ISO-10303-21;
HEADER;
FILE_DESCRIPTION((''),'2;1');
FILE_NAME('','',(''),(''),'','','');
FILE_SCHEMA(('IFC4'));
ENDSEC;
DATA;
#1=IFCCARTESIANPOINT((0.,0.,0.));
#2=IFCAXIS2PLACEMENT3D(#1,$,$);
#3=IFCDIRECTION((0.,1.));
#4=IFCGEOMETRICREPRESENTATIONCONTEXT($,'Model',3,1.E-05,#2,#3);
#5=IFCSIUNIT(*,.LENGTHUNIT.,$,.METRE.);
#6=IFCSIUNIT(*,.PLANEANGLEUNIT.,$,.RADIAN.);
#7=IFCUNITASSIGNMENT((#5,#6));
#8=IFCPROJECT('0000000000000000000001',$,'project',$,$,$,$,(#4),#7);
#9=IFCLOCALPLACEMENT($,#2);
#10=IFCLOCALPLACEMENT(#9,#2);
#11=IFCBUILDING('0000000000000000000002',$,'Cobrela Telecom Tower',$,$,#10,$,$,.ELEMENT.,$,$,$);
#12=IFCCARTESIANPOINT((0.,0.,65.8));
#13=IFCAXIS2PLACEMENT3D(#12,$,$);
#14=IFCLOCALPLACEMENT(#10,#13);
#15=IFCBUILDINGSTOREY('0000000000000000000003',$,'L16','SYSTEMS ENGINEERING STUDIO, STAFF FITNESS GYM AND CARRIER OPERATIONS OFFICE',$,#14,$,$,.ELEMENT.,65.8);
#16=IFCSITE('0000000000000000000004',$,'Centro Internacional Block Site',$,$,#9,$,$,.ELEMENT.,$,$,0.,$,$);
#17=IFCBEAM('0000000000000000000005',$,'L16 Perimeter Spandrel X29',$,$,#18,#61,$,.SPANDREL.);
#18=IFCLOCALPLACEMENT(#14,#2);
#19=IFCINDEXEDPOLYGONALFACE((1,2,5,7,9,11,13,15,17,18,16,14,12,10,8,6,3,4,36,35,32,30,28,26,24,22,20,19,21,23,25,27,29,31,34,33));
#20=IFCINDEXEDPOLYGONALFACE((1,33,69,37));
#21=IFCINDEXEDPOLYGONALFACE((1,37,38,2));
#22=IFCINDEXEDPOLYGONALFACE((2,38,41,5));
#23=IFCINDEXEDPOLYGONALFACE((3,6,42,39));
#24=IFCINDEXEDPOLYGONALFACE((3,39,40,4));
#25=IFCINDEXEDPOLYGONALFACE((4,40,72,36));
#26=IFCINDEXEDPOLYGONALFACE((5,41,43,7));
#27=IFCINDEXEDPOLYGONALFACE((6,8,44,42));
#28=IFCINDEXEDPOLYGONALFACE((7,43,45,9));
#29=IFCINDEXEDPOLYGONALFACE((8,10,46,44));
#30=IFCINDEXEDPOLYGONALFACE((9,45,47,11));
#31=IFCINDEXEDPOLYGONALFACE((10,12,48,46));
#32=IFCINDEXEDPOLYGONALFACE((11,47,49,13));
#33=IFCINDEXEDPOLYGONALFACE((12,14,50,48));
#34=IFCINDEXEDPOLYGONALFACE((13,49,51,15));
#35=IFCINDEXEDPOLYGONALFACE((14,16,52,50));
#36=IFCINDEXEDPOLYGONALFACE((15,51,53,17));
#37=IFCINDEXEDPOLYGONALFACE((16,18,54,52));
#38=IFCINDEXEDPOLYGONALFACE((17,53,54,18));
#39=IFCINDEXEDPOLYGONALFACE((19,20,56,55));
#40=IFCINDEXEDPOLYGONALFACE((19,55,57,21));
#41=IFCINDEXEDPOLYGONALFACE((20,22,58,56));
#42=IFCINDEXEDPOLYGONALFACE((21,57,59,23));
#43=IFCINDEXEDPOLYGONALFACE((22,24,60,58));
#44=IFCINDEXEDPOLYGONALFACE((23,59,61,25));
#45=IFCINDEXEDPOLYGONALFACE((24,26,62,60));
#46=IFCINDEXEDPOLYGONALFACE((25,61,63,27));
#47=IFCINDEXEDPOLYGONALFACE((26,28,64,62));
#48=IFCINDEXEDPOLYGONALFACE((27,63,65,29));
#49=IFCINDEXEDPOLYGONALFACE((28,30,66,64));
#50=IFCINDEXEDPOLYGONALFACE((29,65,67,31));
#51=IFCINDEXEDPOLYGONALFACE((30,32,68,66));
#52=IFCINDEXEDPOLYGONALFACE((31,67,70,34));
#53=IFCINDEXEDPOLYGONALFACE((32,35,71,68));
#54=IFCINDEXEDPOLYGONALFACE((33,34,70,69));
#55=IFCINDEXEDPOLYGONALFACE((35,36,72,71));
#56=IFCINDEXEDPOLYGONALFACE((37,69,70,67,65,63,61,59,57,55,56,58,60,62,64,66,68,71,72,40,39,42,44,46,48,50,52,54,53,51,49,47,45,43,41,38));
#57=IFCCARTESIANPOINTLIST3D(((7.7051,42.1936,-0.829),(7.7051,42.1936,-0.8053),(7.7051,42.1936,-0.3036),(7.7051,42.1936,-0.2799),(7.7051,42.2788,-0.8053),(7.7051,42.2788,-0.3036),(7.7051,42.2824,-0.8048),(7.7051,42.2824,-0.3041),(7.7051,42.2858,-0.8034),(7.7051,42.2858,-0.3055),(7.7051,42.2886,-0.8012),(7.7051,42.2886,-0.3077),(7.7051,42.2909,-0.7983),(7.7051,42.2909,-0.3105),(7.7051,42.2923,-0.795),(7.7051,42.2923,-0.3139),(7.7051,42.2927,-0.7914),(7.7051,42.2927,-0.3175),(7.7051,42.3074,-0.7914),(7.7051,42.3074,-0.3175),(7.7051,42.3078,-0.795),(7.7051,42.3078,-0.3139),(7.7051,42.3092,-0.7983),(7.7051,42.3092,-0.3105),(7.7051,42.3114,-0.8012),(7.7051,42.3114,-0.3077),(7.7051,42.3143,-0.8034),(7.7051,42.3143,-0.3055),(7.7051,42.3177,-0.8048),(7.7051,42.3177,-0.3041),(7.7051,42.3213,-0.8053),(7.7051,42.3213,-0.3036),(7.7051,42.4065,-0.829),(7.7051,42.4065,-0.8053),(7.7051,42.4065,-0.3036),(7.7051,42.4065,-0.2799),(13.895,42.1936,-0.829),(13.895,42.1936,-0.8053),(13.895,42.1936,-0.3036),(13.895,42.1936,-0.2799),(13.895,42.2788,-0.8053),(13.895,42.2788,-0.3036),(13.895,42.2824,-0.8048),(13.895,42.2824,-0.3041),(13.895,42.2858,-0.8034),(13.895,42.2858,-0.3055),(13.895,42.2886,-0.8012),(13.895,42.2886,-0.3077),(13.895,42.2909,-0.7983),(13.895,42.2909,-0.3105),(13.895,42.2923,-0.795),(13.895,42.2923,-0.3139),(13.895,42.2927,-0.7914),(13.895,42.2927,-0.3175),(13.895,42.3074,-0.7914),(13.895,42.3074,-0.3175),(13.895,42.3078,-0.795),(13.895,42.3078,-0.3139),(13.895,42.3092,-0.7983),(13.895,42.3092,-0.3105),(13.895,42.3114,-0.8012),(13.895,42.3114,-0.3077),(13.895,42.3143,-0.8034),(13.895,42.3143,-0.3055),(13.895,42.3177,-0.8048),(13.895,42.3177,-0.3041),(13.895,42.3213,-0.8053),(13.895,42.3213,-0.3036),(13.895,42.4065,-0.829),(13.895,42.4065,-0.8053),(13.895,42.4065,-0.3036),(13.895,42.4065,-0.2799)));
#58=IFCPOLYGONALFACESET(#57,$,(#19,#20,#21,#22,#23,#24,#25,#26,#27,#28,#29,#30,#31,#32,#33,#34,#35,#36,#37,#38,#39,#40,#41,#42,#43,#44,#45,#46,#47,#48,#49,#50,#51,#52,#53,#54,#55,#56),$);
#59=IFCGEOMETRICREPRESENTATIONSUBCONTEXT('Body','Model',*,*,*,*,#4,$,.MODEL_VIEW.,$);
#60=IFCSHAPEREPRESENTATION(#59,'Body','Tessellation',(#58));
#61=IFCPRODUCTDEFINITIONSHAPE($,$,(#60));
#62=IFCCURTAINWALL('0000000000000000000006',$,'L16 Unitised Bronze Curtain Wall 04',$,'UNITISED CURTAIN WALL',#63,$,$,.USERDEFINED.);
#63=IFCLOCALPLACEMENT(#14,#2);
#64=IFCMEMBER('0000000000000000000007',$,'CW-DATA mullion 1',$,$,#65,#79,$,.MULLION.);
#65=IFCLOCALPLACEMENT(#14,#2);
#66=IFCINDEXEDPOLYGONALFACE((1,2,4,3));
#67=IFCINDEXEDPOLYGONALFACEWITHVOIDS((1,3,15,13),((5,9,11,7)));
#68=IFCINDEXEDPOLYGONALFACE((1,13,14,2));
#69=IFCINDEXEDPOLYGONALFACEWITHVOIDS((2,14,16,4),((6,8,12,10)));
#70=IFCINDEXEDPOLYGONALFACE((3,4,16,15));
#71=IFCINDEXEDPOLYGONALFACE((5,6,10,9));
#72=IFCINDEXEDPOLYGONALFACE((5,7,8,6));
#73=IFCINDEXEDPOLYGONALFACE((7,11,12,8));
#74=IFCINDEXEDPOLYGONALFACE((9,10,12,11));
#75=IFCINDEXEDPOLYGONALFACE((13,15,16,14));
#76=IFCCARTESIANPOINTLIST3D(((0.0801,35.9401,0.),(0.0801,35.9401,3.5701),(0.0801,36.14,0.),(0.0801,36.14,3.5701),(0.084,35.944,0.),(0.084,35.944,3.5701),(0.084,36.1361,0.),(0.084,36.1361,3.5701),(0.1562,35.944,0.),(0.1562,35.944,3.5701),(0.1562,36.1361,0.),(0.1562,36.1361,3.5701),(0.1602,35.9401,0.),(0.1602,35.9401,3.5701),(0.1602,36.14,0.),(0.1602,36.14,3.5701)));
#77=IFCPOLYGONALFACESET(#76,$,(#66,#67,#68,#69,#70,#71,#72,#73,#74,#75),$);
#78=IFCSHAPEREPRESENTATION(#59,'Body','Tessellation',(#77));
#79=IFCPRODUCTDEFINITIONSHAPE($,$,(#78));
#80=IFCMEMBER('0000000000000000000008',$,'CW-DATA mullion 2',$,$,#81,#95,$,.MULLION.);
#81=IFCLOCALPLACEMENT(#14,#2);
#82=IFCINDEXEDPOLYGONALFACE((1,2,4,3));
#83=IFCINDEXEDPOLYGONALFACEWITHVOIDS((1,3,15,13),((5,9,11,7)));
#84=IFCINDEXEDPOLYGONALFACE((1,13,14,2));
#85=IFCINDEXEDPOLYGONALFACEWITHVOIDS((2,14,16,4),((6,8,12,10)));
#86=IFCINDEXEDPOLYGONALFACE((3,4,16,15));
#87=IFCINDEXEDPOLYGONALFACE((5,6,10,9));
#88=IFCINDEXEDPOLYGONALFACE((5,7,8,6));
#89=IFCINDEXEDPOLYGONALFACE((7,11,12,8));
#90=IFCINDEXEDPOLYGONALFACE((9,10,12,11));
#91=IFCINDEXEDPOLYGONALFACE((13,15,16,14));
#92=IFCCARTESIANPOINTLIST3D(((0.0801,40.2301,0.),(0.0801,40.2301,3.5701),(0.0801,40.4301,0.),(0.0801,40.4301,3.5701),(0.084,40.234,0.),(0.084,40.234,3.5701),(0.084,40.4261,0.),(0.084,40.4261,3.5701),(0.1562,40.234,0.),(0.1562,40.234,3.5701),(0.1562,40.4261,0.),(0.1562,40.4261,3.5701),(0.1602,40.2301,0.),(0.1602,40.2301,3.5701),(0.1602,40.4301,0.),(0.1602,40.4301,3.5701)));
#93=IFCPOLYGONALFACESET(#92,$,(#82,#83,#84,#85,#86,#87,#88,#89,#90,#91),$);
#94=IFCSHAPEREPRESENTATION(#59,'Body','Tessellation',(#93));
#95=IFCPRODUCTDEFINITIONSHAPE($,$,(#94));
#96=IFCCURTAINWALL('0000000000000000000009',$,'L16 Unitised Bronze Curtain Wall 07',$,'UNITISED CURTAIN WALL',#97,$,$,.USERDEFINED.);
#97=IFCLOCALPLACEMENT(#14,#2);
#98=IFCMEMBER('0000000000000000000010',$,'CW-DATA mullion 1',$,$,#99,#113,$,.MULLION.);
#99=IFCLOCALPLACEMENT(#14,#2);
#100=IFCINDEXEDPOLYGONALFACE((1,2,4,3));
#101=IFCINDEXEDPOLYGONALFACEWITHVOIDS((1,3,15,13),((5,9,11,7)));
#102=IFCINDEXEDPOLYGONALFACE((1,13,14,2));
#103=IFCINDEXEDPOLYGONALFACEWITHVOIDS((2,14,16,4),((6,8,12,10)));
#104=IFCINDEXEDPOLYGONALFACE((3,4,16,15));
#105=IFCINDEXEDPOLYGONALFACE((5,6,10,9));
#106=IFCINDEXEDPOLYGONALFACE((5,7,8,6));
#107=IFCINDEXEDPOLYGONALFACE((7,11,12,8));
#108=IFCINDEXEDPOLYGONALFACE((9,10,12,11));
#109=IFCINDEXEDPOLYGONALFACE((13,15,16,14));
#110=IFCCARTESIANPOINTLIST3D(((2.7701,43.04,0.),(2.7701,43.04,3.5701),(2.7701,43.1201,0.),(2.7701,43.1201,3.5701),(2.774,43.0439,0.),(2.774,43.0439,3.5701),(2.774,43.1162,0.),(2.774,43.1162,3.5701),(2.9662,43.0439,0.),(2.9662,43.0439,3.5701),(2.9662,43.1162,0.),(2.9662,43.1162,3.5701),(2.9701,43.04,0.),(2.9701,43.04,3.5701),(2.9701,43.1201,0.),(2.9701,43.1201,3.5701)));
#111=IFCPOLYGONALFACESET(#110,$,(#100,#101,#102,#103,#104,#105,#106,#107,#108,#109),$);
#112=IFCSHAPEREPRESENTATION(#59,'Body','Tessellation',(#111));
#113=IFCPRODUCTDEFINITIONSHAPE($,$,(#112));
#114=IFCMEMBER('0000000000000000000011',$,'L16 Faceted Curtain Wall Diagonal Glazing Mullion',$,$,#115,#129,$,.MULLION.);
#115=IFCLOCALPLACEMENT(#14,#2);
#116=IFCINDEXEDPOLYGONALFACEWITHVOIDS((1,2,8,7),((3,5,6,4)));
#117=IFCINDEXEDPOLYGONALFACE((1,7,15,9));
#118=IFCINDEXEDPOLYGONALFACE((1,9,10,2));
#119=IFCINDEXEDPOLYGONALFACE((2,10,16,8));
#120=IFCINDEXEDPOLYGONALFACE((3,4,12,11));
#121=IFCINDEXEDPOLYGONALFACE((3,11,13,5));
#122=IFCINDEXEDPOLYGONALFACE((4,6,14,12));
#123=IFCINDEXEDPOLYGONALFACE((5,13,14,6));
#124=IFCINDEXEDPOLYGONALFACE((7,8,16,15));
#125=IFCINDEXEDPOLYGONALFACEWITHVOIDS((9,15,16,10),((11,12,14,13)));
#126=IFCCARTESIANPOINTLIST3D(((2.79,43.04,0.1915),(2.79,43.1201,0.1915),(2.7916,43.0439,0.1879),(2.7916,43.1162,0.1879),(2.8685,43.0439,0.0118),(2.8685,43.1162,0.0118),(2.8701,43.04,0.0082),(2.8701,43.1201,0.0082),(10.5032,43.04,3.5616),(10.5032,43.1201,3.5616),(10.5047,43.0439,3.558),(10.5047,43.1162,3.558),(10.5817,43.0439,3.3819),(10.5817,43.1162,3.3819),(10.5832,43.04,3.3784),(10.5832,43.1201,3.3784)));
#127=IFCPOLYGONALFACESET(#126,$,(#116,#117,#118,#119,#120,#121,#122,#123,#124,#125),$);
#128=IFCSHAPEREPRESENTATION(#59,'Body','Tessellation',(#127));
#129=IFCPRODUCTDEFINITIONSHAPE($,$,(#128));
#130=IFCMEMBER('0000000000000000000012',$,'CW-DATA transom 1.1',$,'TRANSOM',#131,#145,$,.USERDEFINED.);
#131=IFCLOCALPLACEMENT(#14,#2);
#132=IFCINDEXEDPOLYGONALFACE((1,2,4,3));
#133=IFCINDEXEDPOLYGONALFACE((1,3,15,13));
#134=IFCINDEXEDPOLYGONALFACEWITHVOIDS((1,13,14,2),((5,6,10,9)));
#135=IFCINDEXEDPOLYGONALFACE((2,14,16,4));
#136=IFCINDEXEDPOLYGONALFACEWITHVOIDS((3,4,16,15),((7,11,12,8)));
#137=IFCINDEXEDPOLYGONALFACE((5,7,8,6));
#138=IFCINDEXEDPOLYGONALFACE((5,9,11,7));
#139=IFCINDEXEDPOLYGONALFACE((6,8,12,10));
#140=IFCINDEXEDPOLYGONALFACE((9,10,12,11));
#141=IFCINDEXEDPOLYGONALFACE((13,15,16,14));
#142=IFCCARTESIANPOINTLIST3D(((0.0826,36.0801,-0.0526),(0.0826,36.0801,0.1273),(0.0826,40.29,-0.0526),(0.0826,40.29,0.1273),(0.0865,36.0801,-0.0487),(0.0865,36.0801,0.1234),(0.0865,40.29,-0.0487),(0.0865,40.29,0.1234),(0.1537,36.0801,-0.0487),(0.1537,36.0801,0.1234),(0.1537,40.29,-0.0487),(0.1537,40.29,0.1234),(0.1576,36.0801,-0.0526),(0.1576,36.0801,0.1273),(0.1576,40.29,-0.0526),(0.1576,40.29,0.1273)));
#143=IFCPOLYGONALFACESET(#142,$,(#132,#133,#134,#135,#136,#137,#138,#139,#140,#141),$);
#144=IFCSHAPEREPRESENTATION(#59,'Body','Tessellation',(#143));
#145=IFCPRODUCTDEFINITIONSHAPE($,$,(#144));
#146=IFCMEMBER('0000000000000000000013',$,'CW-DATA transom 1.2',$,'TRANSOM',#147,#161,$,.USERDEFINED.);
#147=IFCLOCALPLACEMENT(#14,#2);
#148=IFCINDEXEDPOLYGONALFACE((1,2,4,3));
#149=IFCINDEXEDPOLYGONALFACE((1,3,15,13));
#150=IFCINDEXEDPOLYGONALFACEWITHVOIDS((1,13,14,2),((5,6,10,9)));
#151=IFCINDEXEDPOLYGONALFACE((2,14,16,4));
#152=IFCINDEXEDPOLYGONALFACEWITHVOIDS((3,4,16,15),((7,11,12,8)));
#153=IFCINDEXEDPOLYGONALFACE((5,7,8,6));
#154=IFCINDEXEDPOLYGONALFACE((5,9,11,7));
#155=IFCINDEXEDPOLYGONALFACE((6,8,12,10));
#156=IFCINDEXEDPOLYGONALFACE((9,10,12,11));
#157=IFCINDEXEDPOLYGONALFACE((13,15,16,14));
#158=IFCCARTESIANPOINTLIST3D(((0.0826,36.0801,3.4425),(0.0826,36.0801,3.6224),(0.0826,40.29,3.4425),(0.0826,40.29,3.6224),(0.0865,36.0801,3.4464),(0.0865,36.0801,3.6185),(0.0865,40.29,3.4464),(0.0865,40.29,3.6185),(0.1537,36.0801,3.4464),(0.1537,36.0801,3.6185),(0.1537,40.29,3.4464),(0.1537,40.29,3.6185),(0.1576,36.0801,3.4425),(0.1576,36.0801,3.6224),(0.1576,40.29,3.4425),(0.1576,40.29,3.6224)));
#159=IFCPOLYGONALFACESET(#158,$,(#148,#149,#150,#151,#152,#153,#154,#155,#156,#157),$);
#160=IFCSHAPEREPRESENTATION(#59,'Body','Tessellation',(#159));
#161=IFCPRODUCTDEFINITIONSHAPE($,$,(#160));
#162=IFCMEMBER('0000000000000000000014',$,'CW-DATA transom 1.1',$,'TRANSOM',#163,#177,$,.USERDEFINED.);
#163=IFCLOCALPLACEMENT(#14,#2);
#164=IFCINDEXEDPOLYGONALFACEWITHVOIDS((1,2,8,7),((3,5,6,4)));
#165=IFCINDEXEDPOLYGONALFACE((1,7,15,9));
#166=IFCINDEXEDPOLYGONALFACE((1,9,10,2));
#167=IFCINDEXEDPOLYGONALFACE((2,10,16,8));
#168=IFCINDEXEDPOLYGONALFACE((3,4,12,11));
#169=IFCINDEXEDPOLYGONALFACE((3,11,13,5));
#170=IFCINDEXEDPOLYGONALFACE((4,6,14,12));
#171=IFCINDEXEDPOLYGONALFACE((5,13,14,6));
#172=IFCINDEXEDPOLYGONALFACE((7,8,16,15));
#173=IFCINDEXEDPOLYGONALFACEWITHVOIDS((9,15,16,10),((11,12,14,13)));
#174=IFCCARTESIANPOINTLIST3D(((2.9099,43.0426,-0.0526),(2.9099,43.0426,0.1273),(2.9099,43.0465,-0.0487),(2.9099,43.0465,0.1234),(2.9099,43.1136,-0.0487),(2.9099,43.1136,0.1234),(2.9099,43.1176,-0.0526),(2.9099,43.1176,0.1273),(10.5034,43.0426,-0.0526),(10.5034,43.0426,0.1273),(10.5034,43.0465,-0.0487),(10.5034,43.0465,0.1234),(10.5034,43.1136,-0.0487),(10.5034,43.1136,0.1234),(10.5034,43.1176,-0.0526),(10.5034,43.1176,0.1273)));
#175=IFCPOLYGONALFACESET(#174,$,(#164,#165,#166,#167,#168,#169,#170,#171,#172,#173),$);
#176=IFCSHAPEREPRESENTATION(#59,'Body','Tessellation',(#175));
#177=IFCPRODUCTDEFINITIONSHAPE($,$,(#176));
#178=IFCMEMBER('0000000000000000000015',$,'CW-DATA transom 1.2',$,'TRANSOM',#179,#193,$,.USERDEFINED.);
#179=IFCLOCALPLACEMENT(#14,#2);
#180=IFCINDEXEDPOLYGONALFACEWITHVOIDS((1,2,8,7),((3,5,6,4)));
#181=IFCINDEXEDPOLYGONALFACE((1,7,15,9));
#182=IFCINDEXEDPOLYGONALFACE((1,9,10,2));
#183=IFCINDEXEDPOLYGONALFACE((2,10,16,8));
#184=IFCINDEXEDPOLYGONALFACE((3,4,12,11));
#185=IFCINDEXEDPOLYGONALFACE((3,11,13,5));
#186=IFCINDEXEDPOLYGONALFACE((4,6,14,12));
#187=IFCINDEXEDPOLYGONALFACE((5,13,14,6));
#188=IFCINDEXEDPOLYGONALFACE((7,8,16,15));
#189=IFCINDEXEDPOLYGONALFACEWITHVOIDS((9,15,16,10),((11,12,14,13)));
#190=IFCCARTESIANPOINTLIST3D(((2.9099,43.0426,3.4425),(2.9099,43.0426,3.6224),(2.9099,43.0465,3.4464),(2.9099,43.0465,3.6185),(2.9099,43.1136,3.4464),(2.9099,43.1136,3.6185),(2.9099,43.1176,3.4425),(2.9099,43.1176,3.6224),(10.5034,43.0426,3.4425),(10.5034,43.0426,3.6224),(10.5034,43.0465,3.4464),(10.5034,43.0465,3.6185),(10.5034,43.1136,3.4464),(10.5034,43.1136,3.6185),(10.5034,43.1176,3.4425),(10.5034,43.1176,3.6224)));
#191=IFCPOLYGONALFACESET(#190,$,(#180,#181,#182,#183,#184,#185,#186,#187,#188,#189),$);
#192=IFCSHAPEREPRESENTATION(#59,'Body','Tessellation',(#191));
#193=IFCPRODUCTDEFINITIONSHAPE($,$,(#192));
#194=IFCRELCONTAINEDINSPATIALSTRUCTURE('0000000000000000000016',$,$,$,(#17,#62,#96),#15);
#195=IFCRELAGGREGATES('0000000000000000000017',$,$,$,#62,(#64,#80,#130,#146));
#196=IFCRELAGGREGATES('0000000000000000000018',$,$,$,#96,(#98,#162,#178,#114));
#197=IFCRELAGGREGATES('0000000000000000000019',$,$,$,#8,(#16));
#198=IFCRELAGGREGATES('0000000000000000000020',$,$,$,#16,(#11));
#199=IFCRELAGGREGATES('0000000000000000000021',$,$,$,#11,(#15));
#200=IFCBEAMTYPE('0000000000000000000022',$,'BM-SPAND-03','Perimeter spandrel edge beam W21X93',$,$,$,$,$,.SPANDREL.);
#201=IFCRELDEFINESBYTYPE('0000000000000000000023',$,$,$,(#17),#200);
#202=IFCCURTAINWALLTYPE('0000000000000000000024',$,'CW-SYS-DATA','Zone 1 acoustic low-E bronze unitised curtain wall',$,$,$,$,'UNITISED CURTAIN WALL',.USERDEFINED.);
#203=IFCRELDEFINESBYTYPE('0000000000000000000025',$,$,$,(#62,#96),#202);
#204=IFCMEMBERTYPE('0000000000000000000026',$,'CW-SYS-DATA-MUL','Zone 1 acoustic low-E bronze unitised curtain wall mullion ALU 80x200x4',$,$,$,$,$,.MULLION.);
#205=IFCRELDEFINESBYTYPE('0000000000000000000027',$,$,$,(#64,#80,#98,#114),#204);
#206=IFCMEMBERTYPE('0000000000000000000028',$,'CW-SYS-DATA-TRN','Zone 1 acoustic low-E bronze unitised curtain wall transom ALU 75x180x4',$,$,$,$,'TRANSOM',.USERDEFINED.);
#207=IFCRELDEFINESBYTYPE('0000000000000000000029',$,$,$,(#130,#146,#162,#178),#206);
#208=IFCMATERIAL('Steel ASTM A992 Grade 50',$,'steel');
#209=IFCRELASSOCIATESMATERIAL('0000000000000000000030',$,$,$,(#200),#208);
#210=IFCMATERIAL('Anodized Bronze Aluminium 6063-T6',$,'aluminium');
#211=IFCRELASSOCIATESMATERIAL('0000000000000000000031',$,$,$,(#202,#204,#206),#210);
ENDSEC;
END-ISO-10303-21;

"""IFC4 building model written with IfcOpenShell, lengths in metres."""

from ifc_helpers import new_model, si_unit, direction, frame, origin, origin_2d, place, context, subcontext, project, spatial, hollow_rectangle, i_section, extrude, material, material_profile, profile_set, type_object, element, aggregate, save


model = new_model("IFC4")

# Units and contexts
model_context = context("Model", 3, precision=1e-05, world=origin(), true_north=direction((0.0, 1.0)))
body_context = subcontext(model_context, "Body", "Model", "MODEL_VIEW")
ifc_project = project(units=[si_unit("LENGTHUNIT", "METRE"), si_unit("PLANEANGLEUNIT", "RADIAN")], contexts=[model_context])

# Site, building, storey
site_placement = place(None, origin())
site = spatial("IfcSite", under=ifc_project, at=site_placement, Name="Centro Internacional Block Site", CompositionType="ELEMENT", RefElevation=0.0)
building_placement = place(site_placement, origin())
building = spatial("IfcBuilding", under=site, at=building_placement, Name="Cobrela Telecom Tower", CompositionType="ELEMENT")
storey_placement = place(building_placement, frame((0.0, 0.0, 65.8)))
storey = spatial("IfcBuildingStorey", under=building, at=storey_placement, Name="L16", Description="SYSTEMS ENGINEERING STUDIO, STAFF FITNESS GYM AND CARRIER OPERATIONS OFFICE", CompositionType="ELEMENT", Elevation=65.8)

# Beam
ifc_material_1 = material(Name="Steel ASTM A992 Grade 50", Category="steel")
ifc_material_profile_1 = material_profile(ifc_material_1, i_section(OverallWidth=0.2129, OverallDepth=0.5491, WebThickness=0.0146, FlangeThickness=0.0237, FilletRadius=0.0139, at=origin_2d()), Name="W21X93")
ifc_profile_set_1 = profile_set([ifc_material_profile_1], Name="Steel ASTM A992 Grade 50")
beam_type_1 = type_object("IfcBeamType", Name="BM-SPAND-03", Description="Perimeter spandrel edge beam W21X93", PredefinedType="SPANDREL", material=ifc_profile_set_1)
beam_1_placement = place(storey_placement, frame((7.7051, 42.3, -0.5544), z_axis=(1.0, 0.0, 0.0), x_axis=(0.0, 1.0, 0.0)))
element("IfcBeam", 1, at=beam_1_placement, inside=storey, type_object=beam_type_1, Name="L16 Perimeter Spandrel X29", PredefinedType="SPANDREL", context=body_context, shape_type="SweptSolid", body=[
    extrude(i_section(OverallWidth=0.2129, OverallDepth=0.5491, WebThickness=0.0146, FlangeThickness=0.0237, FilletRadius=0.0139, at=origin_2d()), origin(), (0.0, 0.0, 1.0), 6.1899),
])

# Curtain walls, members
ifc_material_2 = material(Name="Anodized Bronze Aluminium 6063-T6", Category="aluminium")
curtain_wall_type = type_object("IfcCurtainWallType", Name="CW-SYS-DATA", Description="Zone 1 acoustic low-E bronze unitised curtain wall", ElementType="UNITISED CURTAIN WALL", PredefinedType="USERDEFINED", material=ifc_material_2)
curtain_wall_1_placement = place(storey_placement, origin())
curtain_wall_1 = element("IfcCurtainWall", 2, at=curtain_wall_1_placement, inside=storey, type_object=curtain_wall_type, Name="L16 Unitised Bronze Curtain Wall 04", ObjectType="UNITISED CURTAIN WALL", PredefinedType="USERDEFINED")
ifc_material_profile_2 = material_profile(ifc_material_2, hollow_rectangle(XDim=0.0801, YDim=0.2, WallThickness=0.0039, at=origin_2d()), Name="ALU 80x200x4")
ifc_profile_set_2 = profile_set([ifc_material_profile_2], Name="Anodized Bronze Aluminium 6063-T6")
member_type_1 = type_object("IfcMemberType", Name="CW-SYS-DATA-MUL", Description="Zone 1 acoustic low-E bronze unitised curtain wall mullion ALU 80x200x4", PredefinedType="MULLION", material=ifc_profile_set_2)
member_1_placement = place(storey_placement, frame((0.1201, 36.04, 0.0), z_axis=(0.0, 0.0, 1.0), x_axis=(-1.0, 0.0, 0.0)))
member_1 = element("IfcMember", 3, at=member_1_placement, type_object=member_type_1, Name="CW-DATA mullion 1", PredefinedType="MULLION", context=body_context, shape_type="SweptSolid", body=[
    extrude(hollow_rectangle(XDim=0.0801, YDim=0.2, WallThickness=0.0039, at=origin_2d()), origin(), (0.0, 0.0, 1.0), 3.5701),
])
member_2_placement = place(storey_placement, frame((0.1201, 40.3301, 0.0), z_axis=(0.0, 0.0, 1.0), x_axis=(-1.0, 0.0, 0.0)))
member_2 = element("IfcMember", 4, at=member_2_placement, type_object=member_type_1, Name="CW-DATA mullion 2", PredefinedType="MULLION", context=body_context, shape_type="SweptSolid", body=[
    extrude(hollow_rectangle(XDim=0.0801, YDim=0.2, WallThickness=0.0039, at=origin_2d()), origin(), (0.0, 0.0, 1.0), 3.5701),
])
curtain_wall_2_placement = place(storey_placement, origin())
curtain_wall_2 = element("IfcCurtainWall", 5, at=curtain_wall_2_placement, inside=storey, type_object=curtain_wall_type, Name="L16 Unitised Bronze Curtain Wall 07", ObjectType="UNITISED CURTAIN WALL", PredefinedType="USERDEFINED")
member_3_placement = place(storey_placement, frame((2.8701, 43.0801, 0.0), z_axis=(0.0, 0.0, 1.0), x_axis=(0.0, 1.0, 0.0)))
member_3 = element("IfcMember", 6, at=member_3_placement, type_object=member_type_1, Name="CW-DATA mullion 1", PredefinedType="MULLION", context=body_context, shape_type="SweptSolid", body=[
    extrude(hollow_rectangle(XDim=0.0801, YDim=0.2, WallThickness=0.0039, at=origin_2d()), origin(), (0.0, 0.0, 1.0), 3.5701),
])
member_4_placement = place(storey_placement, frame((2.8301, 43.0801, 0.0999), z_axis=(0.916348, 0.0, 0.400382), x_axis=(0.0, 1.0, 0.0)))
member_4 = element("IfcMember", 7, at=member_4_placement, type_object=member_type_1, Name="L16 Faceted Curtain Wall Diagonal Glazing Mullion", PredefinedType="MULLION", context=body_context, shape_type="SweptSolid", body=[
    extrude(hollow_rectangle(XDim=0.0801, YDim=0.2, WallThickness=0.0039, at=origin_2d()), origin(), (0.0, 0.0, 1.0), 8.4172),
])

# Members
ifc_material_profile_3 = material_profile(ifc_material_2, hollow_rectangle(XDim=0.075, YDim=0.1799, WallThickness=0.0039, at=origin_2d()), Name="ALU 75x180x4")
ifc_profile_set_3 = profile_set([ifc_material_profile_3], Name="Anodized Bronze Aluminium 6063-T6")
member_type_2 = type_object("IfcMemberType", Name="CW-SYS-DATA-TRN", Description="Zone 1 acoustic low-E bronze unitised curtain wall transom ALU 75x180x4", ElementType="TRANSOM", PredefinedType="USERDEFINED", material=ifc_profile_set_3)
member_5_placement = place(storey_placement, frame((0.1201, 36.0801, 0.0374), z_axis=(0.0, 1.0, 0.0), x_axis=(-1.0, 0.0, 0.0)))
member_5 = element("IfcMember", 8, at=member_5_placement, type_object=member_type_2, Name="CW-DATA transom 1.1", ObjectType="TRANSOM", PredefinedType="USERDEFINED", context=body_context, shape_type="SweptSolid", body=[
    extrude(hollow_rectangle(XDim=0.075, YDim=0.1799, WallThickness=0.0039, at=origin_2d()), origin(), (0.0, 0.0, 1.0), 4.21),
])
member_6_placement = place(storey_placement, frame((0.1201, 36.0801, 3.5325), z_axis=(0.0, 1.0, 0.0), x_axis=(-1.0, 0.0, 0.0)))
member_6 = element("IfcMember", 9, at=member_6_placement, type_object=member_type_2, Name="CW-DATA transom 1.2", ObjectType="TRANSOM", PredefinedType="USERDEFINED", context=body_context, shape_type="SweptSolid", body=[
    extrude(hollow_rectangle(XDim=0.075, YDim=0.1799, WallThickness=0.0039, at=origin_2d()), origin(), (0.0, 0.0, 1.0), 4.21),
])
member_7_placement = place(storey_placement, frame((2.9099, 43.0801, 0.0374), z_axis=(1.0, 0.0, 0.0), x_axis=(0.0, 1.0, 0.0)))
member_7 = element("IfcMember", 10, at=member_7_placement, type_object=member_type_2, Name="CW-DATA transom 1.1", ObjectType="TRANSOM", PredefinedType="USERDEFINED", context=body_context, shape_type="SweptSolid", body=[
    extrude(hollow_rectangle(XDim=0.075, YDim=0.1799, WallThickness=0.0039, at=origin_2d()), origin(), (0.0, 0.0, 1.0), 7.5935),
])
member_8_placement = place(storey_placement, frame((2.9099, 43.0801, 3.5325), z_axis=(1.0, 0.0, 0.0), x_axis=(0.0, 1.0, 0.0)))
member_8 = element("IfcMember", 11, at=member_8_placement, type_object=member_type_2, Name="CW-DATA transom 1.2", ObjectType="TRANSOM", PredefinedType="USERDEFINED", context=body_context, shape_type="SweptSolid", body=[
    extrude(hollow_rectangle(XDim=0.075, YDim=0.1799, WallThickness=0.0039, at=origin_2d()), origin(), (0.0, 0.0, 1.0), 7.5935),
])

aggregate(curtain_wall_1, [member_1, member_2, member_5, member_6])
aggregate(curtain_wall_2, [member_3, member_7, member_8, member_4])

save(model, "model.ifc")
